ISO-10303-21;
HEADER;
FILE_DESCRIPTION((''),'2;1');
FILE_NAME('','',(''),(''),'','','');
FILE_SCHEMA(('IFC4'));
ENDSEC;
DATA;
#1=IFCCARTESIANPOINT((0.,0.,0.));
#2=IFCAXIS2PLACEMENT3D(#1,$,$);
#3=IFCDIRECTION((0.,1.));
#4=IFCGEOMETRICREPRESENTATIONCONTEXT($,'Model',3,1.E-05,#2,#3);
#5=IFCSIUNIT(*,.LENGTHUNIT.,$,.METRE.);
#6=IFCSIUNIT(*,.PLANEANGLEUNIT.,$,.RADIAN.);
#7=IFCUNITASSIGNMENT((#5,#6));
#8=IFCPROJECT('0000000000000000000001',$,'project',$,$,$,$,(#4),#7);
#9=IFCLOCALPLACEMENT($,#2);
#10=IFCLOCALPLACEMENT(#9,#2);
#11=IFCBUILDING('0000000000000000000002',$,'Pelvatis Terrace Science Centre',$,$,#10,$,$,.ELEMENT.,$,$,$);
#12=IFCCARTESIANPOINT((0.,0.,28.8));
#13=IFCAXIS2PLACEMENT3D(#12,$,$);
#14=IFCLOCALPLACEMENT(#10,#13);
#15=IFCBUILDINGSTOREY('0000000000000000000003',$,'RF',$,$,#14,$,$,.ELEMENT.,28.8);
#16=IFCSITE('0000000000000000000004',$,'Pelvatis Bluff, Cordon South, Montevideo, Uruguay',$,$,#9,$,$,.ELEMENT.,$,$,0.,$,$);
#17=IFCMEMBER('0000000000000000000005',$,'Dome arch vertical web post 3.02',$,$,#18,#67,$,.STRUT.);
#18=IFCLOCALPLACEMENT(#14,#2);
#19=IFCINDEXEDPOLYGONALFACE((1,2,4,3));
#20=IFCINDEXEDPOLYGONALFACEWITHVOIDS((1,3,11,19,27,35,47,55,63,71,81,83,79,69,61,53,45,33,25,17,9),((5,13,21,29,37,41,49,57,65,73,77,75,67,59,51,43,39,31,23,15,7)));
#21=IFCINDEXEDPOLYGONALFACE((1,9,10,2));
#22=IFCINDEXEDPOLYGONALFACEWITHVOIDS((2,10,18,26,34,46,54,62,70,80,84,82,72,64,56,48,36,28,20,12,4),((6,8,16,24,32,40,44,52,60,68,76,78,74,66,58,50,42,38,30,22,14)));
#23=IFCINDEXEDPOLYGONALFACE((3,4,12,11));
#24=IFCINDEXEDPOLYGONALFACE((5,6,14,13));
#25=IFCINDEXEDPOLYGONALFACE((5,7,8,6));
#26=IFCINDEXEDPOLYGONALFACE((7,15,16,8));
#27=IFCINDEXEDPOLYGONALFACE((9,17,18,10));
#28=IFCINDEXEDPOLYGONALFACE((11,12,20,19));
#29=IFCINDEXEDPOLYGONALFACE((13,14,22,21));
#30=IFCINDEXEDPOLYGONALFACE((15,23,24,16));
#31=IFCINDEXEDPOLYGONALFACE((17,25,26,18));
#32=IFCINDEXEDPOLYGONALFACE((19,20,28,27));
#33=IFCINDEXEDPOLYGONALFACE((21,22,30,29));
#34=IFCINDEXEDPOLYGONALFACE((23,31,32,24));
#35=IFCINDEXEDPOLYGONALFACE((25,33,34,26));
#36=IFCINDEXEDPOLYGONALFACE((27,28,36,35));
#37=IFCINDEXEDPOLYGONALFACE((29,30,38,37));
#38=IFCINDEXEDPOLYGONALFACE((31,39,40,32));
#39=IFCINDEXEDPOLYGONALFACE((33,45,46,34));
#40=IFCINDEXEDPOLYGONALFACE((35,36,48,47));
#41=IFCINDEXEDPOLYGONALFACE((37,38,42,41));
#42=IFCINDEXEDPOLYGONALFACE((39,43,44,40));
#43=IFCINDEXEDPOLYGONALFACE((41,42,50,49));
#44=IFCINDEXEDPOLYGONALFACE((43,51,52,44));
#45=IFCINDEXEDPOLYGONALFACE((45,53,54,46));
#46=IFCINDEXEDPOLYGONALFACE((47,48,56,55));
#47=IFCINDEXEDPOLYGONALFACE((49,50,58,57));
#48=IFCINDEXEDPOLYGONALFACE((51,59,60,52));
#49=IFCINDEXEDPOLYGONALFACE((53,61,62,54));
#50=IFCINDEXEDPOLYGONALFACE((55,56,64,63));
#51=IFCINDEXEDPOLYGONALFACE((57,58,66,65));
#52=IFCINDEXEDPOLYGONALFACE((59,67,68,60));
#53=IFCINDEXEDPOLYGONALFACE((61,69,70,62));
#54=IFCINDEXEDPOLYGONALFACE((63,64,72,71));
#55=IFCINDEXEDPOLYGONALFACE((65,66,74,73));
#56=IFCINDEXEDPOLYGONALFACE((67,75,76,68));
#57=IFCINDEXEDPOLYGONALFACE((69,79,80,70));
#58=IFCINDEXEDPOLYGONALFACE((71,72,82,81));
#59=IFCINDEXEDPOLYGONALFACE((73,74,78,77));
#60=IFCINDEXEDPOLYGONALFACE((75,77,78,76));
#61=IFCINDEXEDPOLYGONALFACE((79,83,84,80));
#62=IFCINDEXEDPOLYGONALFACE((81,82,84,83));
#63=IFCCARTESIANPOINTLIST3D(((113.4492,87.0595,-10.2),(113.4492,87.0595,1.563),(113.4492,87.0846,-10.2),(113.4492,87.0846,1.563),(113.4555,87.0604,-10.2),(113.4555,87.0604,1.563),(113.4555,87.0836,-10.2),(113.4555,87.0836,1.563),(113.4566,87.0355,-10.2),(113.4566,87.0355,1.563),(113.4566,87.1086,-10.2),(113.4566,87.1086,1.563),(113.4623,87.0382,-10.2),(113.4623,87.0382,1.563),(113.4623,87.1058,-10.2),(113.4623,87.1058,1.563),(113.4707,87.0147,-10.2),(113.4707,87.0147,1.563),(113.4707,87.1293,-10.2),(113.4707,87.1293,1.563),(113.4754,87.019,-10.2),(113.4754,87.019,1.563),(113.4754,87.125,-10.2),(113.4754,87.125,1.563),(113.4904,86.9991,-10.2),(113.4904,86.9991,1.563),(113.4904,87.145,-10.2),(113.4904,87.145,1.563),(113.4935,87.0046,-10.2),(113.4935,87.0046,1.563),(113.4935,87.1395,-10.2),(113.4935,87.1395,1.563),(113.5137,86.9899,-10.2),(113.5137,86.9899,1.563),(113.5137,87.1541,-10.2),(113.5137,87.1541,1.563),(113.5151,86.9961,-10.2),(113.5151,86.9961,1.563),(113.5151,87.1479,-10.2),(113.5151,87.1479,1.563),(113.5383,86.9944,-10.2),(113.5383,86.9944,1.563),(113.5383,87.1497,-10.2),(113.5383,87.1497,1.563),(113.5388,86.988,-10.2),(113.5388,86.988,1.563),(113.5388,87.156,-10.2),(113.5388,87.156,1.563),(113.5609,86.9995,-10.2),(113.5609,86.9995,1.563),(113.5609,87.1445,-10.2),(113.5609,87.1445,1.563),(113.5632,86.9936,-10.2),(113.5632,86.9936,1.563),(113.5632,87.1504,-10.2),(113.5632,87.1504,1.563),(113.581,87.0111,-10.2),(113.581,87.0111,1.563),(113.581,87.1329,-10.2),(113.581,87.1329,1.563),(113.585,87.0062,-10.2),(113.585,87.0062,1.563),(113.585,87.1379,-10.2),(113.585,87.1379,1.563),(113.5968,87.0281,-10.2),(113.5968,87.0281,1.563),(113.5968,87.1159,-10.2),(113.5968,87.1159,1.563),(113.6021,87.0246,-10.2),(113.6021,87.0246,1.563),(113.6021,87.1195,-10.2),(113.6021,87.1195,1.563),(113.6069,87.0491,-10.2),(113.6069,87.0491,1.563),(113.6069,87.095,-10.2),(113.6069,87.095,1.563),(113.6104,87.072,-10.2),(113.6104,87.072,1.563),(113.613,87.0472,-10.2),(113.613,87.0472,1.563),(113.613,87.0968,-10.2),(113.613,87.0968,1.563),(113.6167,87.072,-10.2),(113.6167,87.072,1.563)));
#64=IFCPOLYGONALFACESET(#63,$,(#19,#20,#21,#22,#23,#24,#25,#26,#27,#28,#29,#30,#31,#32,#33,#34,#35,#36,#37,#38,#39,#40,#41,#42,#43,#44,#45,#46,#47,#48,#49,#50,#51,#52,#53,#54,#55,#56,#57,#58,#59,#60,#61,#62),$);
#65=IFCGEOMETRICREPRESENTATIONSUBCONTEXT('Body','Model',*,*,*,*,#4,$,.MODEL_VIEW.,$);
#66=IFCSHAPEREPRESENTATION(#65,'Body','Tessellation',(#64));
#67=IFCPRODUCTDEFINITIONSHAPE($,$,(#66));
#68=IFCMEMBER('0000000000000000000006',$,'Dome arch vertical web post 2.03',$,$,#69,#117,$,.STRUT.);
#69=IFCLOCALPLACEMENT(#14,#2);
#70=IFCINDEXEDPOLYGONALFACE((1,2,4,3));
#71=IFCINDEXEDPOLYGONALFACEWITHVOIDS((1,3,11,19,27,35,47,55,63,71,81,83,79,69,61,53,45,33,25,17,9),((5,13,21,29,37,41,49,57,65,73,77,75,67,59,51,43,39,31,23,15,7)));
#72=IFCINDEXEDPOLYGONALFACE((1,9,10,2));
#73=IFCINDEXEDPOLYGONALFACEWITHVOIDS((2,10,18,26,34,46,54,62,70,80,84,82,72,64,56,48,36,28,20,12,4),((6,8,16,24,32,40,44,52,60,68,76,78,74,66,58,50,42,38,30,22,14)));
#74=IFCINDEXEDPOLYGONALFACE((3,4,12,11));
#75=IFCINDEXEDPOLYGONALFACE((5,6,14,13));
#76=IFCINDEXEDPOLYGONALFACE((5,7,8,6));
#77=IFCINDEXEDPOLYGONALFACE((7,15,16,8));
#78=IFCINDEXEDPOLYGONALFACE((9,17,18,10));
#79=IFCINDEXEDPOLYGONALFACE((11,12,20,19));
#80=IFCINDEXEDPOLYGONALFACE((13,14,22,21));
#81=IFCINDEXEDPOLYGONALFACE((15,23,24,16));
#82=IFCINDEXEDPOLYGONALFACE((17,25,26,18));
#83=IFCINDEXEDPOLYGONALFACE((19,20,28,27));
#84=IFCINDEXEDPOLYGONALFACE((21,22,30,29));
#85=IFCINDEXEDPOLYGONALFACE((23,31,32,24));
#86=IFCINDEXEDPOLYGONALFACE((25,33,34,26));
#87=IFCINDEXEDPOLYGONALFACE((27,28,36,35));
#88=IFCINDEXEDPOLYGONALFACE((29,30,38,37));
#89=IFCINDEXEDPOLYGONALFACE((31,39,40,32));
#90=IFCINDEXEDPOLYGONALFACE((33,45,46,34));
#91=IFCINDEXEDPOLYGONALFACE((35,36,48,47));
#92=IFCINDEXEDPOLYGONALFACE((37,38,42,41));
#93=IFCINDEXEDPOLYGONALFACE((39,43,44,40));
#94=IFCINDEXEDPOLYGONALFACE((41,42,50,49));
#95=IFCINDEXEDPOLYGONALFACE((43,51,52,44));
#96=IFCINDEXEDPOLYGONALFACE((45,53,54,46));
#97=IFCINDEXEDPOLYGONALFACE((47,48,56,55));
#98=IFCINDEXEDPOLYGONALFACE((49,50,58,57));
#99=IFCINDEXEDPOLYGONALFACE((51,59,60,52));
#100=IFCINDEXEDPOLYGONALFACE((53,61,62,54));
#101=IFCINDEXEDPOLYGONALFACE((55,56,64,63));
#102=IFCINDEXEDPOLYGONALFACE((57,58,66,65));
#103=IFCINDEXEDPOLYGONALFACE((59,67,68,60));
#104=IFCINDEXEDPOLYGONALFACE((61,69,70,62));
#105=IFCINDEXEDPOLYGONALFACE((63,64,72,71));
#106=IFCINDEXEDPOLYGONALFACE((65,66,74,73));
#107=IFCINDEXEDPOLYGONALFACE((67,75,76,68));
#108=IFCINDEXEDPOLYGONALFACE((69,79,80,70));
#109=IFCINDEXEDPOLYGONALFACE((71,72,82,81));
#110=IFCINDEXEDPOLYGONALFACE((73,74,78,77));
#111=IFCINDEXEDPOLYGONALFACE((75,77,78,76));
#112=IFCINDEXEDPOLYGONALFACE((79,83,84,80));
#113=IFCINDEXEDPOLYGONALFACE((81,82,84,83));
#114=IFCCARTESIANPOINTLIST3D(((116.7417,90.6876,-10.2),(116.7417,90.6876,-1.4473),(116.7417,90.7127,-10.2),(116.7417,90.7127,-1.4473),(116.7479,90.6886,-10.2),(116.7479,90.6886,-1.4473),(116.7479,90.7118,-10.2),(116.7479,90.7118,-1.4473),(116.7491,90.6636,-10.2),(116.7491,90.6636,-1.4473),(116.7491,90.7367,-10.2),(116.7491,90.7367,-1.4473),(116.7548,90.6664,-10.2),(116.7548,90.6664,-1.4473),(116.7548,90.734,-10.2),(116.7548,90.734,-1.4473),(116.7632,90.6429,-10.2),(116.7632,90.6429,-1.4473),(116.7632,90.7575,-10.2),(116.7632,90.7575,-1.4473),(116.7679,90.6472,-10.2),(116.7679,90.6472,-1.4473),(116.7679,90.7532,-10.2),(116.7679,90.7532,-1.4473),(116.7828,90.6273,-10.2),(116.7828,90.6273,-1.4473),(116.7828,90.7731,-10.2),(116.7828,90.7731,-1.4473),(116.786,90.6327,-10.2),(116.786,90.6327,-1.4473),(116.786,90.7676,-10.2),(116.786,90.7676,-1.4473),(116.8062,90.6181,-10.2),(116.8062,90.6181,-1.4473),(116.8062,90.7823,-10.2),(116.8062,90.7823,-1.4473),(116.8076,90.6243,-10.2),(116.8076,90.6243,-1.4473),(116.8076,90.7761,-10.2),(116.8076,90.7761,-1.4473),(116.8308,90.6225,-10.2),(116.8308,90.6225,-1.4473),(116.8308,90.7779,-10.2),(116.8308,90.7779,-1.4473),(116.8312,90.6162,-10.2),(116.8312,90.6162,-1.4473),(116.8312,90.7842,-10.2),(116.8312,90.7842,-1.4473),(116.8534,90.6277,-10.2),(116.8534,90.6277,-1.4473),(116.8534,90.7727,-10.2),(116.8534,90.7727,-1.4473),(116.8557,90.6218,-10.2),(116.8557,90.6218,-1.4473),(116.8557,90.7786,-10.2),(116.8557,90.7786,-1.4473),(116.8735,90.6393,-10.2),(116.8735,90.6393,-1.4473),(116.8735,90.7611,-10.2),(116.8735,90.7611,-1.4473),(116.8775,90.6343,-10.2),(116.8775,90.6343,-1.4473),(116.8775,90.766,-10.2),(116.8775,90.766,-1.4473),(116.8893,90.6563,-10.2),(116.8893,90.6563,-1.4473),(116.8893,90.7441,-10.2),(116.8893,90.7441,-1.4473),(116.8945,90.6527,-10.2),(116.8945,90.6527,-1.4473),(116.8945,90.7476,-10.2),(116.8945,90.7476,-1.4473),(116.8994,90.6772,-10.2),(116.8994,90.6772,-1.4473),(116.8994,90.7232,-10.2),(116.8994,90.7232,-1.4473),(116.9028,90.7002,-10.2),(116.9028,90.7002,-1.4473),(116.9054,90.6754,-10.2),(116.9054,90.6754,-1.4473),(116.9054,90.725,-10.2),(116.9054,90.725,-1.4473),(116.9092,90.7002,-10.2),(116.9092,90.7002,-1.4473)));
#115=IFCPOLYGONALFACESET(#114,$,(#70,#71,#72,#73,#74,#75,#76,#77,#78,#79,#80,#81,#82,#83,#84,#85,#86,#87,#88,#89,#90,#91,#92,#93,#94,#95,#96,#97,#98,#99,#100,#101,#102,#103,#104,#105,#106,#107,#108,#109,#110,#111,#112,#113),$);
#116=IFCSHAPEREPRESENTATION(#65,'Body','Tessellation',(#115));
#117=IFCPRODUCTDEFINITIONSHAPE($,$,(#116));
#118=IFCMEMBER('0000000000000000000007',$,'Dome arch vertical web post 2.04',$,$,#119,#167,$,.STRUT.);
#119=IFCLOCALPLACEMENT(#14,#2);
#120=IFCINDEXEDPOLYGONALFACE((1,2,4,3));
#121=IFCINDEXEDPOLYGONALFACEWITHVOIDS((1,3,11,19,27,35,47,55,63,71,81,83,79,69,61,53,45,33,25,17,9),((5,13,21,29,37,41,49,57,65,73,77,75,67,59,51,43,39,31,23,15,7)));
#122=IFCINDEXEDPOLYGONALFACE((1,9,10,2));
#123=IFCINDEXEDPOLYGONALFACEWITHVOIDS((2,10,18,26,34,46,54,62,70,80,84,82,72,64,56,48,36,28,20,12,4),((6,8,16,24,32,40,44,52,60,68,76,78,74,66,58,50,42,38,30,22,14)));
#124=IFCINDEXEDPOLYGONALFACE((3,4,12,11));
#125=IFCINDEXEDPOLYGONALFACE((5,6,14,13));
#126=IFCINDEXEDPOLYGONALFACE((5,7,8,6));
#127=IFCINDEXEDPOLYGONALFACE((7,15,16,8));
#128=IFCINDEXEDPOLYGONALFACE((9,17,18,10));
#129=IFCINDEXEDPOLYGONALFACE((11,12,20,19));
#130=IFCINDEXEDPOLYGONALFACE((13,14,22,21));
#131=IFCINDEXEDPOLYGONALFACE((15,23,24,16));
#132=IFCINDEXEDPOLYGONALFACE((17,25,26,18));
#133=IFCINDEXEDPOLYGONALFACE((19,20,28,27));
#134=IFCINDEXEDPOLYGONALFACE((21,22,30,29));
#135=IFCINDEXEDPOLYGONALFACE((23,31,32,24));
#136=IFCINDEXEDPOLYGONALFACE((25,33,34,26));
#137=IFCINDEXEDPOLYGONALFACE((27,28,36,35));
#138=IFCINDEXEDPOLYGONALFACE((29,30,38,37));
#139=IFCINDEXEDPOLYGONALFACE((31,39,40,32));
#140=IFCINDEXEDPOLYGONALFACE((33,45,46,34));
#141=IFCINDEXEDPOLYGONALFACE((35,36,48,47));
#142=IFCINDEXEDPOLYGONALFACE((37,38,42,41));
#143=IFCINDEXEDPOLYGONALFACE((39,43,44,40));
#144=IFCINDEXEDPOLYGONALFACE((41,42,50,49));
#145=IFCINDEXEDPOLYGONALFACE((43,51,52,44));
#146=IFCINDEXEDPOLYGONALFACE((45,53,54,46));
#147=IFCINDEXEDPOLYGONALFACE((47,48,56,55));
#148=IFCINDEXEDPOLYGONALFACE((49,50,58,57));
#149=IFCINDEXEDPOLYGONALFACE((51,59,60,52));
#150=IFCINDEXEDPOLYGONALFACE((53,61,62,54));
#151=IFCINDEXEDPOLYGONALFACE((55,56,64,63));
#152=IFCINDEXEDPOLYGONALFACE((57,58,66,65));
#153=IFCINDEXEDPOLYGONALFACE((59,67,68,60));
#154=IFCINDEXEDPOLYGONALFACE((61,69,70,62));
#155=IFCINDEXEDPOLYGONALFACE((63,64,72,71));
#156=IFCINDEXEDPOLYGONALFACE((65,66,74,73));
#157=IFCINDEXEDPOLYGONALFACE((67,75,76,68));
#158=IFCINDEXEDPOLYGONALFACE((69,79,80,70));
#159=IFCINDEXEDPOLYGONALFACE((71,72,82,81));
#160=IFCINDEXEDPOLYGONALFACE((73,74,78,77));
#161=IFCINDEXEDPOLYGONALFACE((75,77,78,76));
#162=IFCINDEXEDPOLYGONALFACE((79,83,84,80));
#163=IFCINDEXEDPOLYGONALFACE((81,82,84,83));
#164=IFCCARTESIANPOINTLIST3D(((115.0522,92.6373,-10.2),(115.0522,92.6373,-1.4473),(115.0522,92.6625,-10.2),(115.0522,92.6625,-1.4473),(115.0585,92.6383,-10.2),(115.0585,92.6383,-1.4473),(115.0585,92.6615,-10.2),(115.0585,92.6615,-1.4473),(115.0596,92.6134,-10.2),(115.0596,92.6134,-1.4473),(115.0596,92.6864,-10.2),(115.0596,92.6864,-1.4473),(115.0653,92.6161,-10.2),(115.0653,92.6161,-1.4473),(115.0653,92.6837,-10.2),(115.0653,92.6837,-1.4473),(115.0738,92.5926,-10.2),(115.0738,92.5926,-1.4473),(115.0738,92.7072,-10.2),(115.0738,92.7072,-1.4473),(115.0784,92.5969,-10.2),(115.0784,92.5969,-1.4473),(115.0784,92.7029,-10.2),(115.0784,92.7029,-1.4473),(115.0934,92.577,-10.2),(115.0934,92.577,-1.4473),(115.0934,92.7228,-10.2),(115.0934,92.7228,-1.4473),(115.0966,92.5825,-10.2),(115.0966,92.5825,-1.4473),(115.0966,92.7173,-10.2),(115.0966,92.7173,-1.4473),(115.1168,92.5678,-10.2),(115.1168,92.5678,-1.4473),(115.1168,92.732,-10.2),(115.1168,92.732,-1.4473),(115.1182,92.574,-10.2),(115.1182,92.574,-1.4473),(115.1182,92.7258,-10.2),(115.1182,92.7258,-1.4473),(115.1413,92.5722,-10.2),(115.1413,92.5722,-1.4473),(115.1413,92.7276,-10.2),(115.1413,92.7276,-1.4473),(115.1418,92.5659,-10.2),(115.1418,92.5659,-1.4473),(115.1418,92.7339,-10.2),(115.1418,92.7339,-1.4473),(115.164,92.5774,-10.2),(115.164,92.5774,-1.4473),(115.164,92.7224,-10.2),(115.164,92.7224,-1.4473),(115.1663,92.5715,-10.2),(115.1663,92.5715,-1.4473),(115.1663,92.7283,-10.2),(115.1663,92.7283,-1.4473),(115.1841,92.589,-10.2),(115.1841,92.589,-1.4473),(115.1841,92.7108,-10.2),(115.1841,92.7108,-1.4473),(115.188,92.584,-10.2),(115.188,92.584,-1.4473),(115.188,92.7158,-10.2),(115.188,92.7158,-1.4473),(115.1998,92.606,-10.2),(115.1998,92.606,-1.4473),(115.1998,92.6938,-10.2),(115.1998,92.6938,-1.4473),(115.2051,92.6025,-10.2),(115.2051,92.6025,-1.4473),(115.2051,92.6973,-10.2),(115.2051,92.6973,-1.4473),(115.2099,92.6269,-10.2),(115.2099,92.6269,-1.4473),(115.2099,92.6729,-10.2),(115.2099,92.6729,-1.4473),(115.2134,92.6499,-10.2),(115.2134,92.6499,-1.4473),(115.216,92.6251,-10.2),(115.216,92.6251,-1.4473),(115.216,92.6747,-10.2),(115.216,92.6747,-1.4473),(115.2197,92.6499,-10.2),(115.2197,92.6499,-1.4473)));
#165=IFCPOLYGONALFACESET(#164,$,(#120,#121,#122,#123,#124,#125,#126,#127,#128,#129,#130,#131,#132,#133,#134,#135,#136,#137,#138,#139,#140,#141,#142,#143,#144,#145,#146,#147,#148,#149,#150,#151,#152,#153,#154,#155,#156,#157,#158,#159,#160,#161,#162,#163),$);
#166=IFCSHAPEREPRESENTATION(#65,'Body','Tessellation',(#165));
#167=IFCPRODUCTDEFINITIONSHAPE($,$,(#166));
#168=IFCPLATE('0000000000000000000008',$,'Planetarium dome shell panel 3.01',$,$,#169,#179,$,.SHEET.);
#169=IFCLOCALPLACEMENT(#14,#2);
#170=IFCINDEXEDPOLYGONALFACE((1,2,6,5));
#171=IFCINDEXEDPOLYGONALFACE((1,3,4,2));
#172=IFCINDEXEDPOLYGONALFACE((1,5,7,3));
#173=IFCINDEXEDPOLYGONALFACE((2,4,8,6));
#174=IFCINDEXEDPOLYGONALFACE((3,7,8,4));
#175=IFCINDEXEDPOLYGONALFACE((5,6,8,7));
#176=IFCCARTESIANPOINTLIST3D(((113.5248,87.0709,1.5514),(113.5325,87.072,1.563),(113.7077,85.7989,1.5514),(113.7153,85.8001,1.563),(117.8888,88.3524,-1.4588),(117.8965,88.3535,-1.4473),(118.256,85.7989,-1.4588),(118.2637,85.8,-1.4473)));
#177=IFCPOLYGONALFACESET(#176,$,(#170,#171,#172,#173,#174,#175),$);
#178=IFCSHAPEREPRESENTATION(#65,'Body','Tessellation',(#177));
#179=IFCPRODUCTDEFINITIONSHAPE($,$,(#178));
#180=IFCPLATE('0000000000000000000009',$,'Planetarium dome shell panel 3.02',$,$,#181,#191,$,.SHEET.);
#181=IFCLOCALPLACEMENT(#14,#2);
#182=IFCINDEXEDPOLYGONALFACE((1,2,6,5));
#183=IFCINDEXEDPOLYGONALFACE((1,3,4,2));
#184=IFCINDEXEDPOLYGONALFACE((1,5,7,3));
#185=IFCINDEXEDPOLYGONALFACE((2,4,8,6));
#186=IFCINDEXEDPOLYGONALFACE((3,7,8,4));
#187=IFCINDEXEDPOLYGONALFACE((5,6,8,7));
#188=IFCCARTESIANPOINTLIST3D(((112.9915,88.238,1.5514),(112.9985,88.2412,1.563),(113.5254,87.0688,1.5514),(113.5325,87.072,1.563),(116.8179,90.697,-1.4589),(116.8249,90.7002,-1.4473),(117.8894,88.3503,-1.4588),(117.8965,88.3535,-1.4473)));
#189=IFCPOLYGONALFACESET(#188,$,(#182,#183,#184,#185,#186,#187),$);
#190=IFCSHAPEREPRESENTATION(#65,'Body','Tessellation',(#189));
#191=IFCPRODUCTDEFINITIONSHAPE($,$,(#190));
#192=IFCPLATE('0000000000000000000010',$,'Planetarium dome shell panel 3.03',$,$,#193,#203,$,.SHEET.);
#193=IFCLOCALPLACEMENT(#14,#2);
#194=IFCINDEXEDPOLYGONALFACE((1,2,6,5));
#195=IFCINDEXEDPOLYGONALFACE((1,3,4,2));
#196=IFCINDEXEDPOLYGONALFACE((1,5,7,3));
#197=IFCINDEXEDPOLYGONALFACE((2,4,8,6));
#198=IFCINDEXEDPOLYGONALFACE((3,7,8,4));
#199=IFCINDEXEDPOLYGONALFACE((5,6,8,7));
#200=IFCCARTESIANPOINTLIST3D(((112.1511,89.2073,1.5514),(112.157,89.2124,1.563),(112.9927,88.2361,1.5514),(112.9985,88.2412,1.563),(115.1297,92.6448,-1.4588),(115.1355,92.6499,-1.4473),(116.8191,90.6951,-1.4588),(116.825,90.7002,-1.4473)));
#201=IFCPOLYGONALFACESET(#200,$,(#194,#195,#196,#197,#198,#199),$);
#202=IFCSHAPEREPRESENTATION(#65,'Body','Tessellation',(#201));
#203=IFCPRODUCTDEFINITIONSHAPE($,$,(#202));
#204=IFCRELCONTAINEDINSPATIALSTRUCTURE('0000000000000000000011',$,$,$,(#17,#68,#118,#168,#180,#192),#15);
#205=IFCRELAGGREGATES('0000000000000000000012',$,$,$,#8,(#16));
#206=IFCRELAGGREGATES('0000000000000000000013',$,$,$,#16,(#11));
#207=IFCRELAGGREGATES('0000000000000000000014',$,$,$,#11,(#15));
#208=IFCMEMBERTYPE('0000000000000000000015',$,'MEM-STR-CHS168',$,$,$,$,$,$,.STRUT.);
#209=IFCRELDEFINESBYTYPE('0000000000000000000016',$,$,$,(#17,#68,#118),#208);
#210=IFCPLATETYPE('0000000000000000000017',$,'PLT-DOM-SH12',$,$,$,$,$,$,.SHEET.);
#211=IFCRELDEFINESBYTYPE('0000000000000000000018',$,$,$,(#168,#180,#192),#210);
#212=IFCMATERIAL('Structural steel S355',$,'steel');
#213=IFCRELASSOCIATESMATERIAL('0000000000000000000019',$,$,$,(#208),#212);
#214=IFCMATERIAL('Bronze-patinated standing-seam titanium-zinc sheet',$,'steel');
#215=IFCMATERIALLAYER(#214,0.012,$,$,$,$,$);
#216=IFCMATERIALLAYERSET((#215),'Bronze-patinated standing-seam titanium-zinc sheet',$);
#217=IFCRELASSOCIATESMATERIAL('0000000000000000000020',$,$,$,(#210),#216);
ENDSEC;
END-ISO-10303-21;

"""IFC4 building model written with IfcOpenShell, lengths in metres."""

from ifc_helpers import new_model, si_unit, direction, frame, origin, origin_2d, place, context, subcontext, project, spatial, polyline, hollow_circle, outline, extrude, material, layer, layer_set, material_profile, profile_set, type_object, element, save


model = new_model("IFC4")

# Units and contexts
model_context = context("Model", 3, precision=1e-05, world=origin(), true_north=direction((0.0, 1.0)))
body_context = subcontext(model_context, "Body", "Model", "MODEL_VIEW")
ifc_project = project(units=[si_unit("LENGTHUNIT", "METRE"), si_unit("PLANEANGLEUNIT", "RADIAN")], contexts=[model_context])

# Site, building, storey
site_placement = place(None, origin())
site = spatial("IfcSite", under=ifc_project, at=site_placement, Name="Pelvatis Bluff, Cordon South, Montevideo, Uruguay", CompositionType="ELEMENT", RefElevation=0.0)
building_placement = place(site_placement, origin())
building = spatial("IfcBuilding", under=site, at=building_placement, Name="Pelvatis Terrace Science Centre", CompositionType="ELEMENT")
storey_placement = place(building_placement, frame((0.0, 0.0, 28.8)))
storey = spatial("IfcBuildingStorey", under=building, at=storey_placement, Name="RF", CompositionType="ELEMENT", Elevation=28.8)

# Members
ifc_material_1 = material(Name="Structural steel S355", Category="steel")
ifc_material_profile_1 = material_profile(ifc_material_1, hollow_circle(Radius=0.0842, WallThickness=0.0063, at=origin_2d()), Name="CHS 168.3x6.3")
ifc_profile_set_1 = profile_set([ifc_material_profile_1], Name="Structural steel S355")
member_type_1 = type_object("IfcMemberType", Name="MEM-STR-CHS168", PredefinedType="STRUT", material=ifc_profile_set_1)
member_1_placement = place(storey_placement, frame((113.5325, 87.072, -10.2), z_axis=(0.0, 0.0, 1.0), x_axis=(1.0, 0.0, 0.0)))
element("IfcMember", 1, at=member_1_placement, inside=storey, type_object=member_type_1, Name="Dome arch vertical web post 3.02", PredefinedType="STRUT", context=body_context, shape_type="SweptSolid", body=[
    extrude(hollow_circle(Radius=0.0842, WallThickness=0.0063, at=origin_2d()), origin(), (0.0, 0.0, 1.0), 11.7629),
])
for number, where, z_axis, x_axis, name in (
    (2, (116.825, 90.7002, -10.2), (0.0, 0.0, 1.0), (1.0, 0.0, 0.0), "Dome arch vertical web post 2.03"),
    (3, (115.1355, 92.6499, -10.2), (0.0, 0.0, 1.0), (1.0, 0.0, 0.0), "Dome arch vertical web post 2.04"),
):
    element("IfcMember", number, at=place(storey_placement, frame(where, z_axis=z_axis, x_axis=x_axis)), inside=storey, type_object=member_type_1, Name=name, PredefinedType="STRUT", context=body_context, shape_type="SweptSolid", body=[
        extrude(hollow_circle(Radius=0.0842, WallThickness=0.0063, at=origin_2d()), origin(), (0.0, 0.0, 1.0), 8.7527),
    ])

# Plates
ifc_material_2 = material(Name="Bronze-patinated standing-seam titanium-zinc sheet", Category="steel")
ifc_layer_1 = layer(ifc_material_2, 0.012)
ifc_layer_set_1 = layer_set([ifc_layer_1], Name="Bronze-patinated standing-seam titanium-zinc sheet")
plate_type_1 = type_object("IfcPlateType", Name="PLT-DOM-SH12", PredefinedType="SHEET", material=ifc_layer_set_1)
plate_1_placement = place(storey_placement, frame((118.2637, 85.8, -1.4473), z_axis=(0.550181, 0.079109, 0.83129), x_axis=(-0.142332, 0.989819, 0.000006)))
element("IfcPlate", 4, at=plate_1_placement, inside=storey, type_object=plate_type_1, Name="Planetarium dome shell panel 3.01", PredefinedType="SHEET", context=body_context, shape_type="SweptSolid", body=[
    extrude(outline(polyline([(0.0, 0.0), (2.5797, 0.0), (1.9324, 5.4157), (0.6474, 5.4157), (0.0, 0.0)])), origin(), (0.0, 0.0, -1.0), 0.0139),
])
plate_2_placement = place(storey_placement, frame((117.8965, 88.3535, -1.4473), z_axis=(0.505614, 0.230881, 0.831293), x_axis=(-0.415368, 0.909653, -0.000007)))
element("IfcPlate", 5, at=plate_2_placement, inside=storey, type_object=plate_type_1, Name="Planetarium dome shell panel 3.02", PredefinedType="SHEET", context=body_context, shape_type="SweptSolid", body=[
    extrude(outline(polyline([(0.0, 0.0), (2.5797, 0.0), (1.9323, 5.4158), (0.6469, 5.4157), (0.0, 0.0)])), origin(), (0.0, 0.0, -1.0), 0.0139),
])
plate_3_placement = place(storey_placement, frame((116.825, 90.7002, -1.4473), z_axis=(0.420067, 0.363995, 0.831295), x_axis=(-0.654866, 0.755745, 0.0)))
element("IfcPlate", 6, at=plate_3_placement, inside=storey, type_object=plate_type_1, Name="Planetarium dome shell panel 3.03", PredefinedType="SHEET", context=body_context, shape_type="SweptSolid", body=[
    extrude(outline(polyline([(0.0, 0.0), (2.5798, 0.0), (1.9325, 5.4158), (0.6474, 5.4158), (0.0, 0.0)])), origin(), (0.0, 0.0, -1.0), 0.0139),
])

save(model, "model.ifc")
